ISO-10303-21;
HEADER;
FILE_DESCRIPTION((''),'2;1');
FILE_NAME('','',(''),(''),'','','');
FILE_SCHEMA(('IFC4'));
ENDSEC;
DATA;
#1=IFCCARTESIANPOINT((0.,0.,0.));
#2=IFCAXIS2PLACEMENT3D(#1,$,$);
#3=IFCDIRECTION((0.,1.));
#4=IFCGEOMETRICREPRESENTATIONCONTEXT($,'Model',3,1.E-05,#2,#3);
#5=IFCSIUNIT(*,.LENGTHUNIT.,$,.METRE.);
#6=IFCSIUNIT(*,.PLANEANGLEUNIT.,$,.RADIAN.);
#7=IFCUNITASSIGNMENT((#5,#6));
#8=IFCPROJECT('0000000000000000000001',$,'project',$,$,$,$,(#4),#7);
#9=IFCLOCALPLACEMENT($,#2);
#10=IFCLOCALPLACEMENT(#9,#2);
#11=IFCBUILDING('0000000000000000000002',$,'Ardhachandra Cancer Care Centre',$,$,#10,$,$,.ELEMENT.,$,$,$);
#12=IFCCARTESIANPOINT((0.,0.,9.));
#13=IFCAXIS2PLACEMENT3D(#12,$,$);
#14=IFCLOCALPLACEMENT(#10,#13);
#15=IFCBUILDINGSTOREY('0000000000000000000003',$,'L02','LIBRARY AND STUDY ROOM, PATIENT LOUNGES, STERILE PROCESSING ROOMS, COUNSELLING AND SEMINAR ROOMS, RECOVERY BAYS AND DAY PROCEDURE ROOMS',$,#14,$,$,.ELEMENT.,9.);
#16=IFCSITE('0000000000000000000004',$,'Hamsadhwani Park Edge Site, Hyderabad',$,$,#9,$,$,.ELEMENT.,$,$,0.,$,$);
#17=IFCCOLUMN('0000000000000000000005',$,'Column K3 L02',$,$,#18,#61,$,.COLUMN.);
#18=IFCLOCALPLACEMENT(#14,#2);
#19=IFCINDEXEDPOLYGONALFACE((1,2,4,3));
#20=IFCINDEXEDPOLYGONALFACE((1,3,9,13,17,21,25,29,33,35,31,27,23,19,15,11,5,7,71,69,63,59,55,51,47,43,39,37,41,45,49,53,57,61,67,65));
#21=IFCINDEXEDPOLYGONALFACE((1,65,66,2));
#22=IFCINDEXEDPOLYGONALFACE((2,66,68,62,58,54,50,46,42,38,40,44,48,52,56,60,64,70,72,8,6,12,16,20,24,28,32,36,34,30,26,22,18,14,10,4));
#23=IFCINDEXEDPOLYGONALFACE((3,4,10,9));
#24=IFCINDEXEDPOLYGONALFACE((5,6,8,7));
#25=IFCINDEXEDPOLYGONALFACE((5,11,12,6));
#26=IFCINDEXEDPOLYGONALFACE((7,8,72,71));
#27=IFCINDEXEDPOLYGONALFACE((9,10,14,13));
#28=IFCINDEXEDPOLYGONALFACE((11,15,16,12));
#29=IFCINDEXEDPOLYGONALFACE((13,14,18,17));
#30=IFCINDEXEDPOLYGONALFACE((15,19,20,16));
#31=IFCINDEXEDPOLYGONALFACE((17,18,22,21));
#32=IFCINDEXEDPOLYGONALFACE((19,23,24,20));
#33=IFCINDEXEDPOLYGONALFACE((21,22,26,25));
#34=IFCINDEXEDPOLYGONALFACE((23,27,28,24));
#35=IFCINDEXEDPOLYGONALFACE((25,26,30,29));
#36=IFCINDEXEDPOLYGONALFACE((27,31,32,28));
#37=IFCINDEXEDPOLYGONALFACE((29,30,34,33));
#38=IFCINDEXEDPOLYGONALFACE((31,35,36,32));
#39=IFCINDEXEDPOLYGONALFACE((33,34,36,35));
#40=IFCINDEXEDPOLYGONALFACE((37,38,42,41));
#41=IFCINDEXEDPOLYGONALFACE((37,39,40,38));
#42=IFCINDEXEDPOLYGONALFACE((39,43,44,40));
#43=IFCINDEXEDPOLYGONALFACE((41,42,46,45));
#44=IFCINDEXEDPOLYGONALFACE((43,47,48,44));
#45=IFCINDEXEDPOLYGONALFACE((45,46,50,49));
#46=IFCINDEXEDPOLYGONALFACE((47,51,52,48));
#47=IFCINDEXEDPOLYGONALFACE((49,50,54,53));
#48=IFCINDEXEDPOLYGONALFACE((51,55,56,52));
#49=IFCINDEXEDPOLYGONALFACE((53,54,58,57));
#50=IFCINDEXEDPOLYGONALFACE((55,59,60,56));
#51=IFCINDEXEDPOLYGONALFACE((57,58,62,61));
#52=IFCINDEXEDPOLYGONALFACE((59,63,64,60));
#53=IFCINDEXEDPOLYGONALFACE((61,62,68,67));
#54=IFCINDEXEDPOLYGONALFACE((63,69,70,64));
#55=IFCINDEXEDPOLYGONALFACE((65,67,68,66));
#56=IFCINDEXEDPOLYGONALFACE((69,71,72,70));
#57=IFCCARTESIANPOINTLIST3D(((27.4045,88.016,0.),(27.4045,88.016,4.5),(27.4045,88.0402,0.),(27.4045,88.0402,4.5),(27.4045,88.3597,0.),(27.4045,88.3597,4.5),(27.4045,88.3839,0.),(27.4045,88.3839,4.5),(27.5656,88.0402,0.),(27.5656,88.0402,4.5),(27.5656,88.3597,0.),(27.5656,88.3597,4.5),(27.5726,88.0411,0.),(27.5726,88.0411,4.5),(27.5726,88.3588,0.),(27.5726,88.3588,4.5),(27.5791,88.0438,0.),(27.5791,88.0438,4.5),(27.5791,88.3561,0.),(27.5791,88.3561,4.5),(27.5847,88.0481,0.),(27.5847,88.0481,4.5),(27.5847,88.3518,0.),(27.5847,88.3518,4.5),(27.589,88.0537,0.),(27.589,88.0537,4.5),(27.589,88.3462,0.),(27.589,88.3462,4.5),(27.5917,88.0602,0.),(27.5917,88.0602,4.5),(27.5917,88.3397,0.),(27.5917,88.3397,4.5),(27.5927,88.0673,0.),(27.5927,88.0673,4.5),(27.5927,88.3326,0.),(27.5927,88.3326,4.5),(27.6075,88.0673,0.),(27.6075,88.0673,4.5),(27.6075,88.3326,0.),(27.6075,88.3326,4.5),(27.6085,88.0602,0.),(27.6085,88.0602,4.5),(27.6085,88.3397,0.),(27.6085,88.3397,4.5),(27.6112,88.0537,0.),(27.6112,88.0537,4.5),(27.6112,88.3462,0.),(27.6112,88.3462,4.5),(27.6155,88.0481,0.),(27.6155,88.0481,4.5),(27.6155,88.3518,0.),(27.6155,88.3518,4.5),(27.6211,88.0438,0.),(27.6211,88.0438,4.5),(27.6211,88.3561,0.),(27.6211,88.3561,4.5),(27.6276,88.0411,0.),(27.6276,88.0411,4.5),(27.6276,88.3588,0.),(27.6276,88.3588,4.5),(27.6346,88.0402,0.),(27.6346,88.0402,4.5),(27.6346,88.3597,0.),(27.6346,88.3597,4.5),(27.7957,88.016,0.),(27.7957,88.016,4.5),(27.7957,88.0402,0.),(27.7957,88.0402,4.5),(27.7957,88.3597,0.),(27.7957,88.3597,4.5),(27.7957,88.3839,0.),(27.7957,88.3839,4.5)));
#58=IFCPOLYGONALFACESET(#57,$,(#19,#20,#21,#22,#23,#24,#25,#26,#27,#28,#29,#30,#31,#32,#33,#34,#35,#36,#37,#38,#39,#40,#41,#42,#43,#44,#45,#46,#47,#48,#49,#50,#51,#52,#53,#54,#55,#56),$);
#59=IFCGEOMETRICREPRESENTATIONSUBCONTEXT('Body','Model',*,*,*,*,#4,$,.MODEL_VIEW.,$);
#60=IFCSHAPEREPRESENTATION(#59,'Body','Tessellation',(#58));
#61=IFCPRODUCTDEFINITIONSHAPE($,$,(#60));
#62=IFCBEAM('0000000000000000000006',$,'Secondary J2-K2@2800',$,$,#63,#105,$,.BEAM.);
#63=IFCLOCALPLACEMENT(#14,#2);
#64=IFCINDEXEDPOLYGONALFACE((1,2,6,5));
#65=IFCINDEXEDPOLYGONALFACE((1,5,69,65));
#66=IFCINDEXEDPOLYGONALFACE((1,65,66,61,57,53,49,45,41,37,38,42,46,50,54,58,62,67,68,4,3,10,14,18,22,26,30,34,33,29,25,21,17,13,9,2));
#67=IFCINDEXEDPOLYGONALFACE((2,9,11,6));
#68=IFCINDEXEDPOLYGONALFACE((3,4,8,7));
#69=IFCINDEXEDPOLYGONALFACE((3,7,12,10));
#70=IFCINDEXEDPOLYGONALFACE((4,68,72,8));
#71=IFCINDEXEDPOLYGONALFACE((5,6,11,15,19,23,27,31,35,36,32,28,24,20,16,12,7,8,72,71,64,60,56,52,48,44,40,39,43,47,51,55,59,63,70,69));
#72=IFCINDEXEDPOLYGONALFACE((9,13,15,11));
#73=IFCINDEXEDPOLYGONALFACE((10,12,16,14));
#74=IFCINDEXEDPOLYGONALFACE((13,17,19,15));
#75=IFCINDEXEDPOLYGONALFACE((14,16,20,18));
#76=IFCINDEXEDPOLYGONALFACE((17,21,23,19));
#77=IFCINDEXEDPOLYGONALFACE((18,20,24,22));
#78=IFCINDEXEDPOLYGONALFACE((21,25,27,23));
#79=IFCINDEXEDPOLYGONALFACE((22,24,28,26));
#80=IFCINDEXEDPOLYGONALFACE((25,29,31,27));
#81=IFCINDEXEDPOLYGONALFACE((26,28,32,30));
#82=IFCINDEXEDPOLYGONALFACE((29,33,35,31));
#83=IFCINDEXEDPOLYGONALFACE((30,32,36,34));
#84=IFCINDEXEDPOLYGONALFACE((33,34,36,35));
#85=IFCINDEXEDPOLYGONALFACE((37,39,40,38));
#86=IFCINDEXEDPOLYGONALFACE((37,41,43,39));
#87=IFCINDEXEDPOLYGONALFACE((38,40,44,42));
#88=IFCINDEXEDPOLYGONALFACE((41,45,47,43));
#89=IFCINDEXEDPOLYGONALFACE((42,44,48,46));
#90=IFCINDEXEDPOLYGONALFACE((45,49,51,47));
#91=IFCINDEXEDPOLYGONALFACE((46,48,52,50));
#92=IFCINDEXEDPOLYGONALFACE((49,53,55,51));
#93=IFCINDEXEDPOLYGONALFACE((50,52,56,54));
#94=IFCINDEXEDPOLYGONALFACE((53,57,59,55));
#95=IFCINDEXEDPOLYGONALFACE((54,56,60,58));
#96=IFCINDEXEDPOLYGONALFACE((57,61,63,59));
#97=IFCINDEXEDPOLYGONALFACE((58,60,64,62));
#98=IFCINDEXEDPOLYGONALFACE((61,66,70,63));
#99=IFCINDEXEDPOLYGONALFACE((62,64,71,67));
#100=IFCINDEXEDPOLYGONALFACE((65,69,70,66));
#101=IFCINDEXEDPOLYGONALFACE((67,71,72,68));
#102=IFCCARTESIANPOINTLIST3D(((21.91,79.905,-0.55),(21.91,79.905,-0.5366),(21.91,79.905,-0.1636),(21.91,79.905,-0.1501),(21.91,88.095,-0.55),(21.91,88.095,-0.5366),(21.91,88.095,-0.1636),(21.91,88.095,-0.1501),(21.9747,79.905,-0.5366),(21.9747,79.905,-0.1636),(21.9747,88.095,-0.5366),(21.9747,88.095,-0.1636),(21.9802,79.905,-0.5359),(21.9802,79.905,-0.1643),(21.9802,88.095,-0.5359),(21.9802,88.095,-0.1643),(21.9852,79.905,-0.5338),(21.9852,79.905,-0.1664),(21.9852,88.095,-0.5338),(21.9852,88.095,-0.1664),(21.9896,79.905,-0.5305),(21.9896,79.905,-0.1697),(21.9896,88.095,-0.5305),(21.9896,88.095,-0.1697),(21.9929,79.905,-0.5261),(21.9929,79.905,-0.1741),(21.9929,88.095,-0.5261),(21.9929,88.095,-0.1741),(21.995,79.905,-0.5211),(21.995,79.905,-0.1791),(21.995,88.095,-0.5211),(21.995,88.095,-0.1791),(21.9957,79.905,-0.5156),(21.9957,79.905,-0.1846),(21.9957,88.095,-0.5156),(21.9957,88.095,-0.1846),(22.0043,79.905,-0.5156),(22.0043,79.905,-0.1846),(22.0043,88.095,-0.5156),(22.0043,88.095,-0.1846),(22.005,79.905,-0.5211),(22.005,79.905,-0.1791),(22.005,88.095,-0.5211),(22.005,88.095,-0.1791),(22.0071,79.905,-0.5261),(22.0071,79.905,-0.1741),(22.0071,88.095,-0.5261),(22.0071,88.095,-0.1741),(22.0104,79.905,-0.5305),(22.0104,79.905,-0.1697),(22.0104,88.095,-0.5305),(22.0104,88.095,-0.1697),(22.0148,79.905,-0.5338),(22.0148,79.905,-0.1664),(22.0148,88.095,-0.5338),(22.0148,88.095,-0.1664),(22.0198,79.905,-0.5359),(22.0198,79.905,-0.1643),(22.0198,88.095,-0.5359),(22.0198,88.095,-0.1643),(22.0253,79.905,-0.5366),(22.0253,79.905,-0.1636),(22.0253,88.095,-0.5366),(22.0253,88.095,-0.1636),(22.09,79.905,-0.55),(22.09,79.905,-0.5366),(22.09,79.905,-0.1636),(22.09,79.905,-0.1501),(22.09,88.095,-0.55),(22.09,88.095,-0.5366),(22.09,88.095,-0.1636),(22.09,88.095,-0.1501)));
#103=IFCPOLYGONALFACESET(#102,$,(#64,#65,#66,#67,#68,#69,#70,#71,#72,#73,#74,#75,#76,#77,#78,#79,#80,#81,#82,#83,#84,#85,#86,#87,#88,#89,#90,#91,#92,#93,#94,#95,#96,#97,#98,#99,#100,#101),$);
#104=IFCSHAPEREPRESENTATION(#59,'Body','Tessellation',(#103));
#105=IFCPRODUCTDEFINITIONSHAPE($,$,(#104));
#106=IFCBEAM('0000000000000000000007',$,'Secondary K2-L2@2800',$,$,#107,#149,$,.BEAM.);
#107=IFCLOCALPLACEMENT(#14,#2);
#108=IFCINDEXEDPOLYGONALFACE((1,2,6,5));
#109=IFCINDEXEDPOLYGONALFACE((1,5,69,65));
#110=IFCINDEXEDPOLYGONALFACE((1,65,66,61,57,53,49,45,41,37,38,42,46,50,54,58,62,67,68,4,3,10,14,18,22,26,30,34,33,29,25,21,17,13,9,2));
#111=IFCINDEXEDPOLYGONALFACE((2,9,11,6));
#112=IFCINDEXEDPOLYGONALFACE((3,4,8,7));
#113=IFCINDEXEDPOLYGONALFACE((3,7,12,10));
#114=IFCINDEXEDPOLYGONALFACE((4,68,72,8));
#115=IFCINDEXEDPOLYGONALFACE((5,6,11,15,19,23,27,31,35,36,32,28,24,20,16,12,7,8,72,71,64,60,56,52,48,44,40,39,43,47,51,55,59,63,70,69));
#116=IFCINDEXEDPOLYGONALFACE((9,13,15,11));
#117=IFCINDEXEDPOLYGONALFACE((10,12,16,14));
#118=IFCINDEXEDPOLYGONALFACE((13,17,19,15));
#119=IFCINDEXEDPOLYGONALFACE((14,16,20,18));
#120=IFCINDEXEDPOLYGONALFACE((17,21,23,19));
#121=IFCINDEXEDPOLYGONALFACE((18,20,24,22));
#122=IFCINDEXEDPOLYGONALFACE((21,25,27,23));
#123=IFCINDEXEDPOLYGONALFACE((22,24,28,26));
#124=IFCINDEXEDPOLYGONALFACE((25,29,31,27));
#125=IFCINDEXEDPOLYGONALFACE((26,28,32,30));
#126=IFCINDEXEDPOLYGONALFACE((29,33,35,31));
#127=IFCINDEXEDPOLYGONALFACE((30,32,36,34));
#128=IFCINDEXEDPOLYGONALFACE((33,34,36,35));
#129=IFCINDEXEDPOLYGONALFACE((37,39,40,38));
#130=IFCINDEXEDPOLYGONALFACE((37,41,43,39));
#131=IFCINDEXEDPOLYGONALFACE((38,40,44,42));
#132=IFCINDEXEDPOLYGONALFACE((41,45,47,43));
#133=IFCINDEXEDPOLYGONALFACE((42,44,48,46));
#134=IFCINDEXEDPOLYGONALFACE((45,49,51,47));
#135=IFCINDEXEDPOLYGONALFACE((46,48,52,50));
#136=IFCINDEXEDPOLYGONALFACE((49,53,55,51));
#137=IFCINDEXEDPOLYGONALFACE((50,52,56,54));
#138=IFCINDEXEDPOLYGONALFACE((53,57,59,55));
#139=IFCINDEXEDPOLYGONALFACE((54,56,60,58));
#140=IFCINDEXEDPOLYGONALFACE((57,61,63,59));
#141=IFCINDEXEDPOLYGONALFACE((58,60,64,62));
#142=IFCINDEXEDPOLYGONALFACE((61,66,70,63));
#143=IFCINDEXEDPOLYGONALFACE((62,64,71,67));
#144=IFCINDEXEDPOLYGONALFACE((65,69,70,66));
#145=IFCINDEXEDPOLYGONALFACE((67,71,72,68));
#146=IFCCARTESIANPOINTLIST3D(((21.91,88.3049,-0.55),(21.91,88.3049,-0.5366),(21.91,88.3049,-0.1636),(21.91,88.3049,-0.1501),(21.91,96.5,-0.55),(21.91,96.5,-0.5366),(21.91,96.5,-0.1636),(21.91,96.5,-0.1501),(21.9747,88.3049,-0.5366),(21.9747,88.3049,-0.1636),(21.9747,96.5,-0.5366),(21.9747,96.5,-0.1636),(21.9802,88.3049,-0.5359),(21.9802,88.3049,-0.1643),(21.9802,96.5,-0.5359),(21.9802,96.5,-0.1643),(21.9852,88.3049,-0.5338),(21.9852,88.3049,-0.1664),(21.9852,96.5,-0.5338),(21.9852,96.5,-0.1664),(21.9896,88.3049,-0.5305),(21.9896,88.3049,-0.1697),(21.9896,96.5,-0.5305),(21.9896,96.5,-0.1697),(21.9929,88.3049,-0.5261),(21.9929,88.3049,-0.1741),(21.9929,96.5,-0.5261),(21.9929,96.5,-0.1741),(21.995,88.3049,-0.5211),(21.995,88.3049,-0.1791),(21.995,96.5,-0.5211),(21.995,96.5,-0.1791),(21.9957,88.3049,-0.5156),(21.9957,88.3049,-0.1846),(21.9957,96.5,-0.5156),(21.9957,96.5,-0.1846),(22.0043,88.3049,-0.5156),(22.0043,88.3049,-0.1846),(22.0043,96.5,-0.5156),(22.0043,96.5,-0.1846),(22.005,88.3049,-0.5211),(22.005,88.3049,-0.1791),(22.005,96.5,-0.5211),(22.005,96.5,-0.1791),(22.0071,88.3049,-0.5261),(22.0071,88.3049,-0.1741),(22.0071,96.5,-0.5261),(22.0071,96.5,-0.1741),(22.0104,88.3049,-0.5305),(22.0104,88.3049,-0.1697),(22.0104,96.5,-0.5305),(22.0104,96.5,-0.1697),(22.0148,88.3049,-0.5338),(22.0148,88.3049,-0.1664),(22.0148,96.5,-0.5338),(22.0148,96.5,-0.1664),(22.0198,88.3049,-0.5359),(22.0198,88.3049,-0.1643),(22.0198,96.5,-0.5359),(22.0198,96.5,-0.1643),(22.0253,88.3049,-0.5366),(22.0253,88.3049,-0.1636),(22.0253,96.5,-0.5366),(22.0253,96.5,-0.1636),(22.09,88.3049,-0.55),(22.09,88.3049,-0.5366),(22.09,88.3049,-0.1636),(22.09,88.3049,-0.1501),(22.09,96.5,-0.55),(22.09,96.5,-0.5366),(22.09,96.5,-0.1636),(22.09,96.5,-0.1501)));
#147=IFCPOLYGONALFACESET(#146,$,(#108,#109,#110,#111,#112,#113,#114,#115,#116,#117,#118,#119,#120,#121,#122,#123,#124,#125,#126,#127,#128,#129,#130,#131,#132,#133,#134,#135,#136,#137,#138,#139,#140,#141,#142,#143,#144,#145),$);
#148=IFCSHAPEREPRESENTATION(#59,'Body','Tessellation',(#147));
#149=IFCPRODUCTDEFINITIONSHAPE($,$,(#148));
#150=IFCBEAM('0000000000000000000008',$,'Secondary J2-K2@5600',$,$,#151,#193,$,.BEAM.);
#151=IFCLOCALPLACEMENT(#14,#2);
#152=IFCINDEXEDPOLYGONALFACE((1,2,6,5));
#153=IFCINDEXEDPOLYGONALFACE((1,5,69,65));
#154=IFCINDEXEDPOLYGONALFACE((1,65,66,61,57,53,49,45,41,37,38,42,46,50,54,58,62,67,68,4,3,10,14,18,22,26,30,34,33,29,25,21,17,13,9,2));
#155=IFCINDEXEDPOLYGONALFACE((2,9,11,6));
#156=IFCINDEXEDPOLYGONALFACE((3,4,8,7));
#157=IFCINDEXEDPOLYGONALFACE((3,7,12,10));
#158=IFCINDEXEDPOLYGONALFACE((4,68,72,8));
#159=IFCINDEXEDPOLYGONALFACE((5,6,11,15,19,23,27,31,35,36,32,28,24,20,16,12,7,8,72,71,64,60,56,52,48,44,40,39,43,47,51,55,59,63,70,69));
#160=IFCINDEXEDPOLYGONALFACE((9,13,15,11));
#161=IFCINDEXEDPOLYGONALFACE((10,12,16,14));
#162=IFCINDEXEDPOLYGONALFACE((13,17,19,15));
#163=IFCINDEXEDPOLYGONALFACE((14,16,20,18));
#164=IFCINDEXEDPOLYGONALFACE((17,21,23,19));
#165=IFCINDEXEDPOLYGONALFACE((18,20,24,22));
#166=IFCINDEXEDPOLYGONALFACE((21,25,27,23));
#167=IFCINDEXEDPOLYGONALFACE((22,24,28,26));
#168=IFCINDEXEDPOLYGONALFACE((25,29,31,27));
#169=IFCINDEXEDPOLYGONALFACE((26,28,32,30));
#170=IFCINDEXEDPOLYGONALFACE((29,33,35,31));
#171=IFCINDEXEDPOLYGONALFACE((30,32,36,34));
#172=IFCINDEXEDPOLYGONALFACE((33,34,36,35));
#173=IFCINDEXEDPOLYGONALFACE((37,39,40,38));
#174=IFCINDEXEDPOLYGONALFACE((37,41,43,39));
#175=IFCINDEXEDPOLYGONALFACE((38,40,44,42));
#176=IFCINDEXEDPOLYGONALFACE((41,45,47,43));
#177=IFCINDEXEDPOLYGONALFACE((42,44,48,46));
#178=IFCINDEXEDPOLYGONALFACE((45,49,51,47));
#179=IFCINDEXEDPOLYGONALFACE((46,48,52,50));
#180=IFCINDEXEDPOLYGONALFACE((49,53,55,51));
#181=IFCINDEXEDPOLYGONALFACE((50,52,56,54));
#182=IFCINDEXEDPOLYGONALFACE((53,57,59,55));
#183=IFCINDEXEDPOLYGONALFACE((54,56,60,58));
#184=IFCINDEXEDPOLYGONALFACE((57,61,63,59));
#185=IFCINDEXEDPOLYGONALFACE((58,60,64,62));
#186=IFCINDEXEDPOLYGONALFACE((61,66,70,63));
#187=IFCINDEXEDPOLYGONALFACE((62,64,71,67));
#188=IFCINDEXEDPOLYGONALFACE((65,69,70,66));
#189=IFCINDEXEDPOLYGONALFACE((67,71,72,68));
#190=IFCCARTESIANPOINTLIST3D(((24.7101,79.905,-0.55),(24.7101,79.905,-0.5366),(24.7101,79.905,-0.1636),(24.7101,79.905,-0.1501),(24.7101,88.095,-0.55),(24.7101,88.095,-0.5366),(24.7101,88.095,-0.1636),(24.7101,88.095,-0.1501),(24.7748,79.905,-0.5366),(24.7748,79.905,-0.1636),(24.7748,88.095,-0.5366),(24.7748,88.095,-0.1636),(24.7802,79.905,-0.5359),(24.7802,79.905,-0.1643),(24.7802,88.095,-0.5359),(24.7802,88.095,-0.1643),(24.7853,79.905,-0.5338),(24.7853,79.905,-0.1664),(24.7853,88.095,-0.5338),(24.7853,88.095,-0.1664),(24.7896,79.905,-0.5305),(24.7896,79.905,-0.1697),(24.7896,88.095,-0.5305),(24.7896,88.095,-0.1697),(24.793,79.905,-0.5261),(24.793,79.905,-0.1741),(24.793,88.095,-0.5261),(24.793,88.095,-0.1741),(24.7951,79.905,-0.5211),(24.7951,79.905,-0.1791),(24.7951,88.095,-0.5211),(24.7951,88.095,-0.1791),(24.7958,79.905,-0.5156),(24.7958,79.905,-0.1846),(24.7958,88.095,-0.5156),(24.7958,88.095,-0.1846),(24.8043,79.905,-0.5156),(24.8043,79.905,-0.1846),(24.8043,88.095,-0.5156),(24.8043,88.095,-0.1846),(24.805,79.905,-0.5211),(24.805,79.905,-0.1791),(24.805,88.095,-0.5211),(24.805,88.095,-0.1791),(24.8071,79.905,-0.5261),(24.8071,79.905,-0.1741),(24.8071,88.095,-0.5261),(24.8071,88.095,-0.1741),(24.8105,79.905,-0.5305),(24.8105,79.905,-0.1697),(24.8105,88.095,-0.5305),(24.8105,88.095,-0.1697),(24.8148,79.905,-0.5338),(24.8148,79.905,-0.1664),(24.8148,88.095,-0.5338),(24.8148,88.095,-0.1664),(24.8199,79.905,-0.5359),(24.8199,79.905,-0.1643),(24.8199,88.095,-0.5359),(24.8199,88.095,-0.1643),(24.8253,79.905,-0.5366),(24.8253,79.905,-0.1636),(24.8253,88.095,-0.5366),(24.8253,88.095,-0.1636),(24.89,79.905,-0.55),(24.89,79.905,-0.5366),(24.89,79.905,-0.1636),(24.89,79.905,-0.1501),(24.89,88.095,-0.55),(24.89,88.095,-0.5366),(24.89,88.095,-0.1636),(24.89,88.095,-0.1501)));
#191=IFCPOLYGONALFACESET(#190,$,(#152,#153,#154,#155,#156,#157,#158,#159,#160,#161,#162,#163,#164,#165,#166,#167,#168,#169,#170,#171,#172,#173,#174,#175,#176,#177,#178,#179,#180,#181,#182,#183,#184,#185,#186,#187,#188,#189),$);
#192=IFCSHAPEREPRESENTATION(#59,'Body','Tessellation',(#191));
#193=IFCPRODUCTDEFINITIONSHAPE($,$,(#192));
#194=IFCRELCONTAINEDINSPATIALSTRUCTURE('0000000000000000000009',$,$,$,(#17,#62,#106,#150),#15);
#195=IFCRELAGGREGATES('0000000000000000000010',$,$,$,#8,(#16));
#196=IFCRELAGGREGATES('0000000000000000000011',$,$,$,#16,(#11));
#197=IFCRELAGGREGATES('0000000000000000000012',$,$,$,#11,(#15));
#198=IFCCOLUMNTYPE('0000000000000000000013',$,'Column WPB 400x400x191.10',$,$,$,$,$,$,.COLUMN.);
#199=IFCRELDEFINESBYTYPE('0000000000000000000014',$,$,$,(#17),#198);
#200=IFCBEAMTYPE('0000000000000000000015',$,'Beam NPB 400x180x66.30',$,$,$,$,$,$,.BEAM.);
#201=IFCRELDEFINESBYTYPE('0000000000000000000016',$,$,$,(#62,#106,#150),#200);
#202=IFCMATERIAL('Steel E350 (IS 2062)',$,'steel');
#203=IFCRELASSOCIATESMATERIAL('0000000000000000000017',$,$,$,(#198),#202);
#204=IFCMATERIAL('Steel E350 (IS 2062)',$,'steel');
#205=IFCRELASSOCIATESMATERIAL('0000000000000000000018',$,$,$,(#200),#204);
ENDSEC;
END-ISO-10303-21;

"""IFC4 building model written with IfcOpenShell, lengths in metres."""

from ifc_helpers import new_model, si_unit, direction, frame, origin, origin_2d, place, context, subcontext, project, spatial, i_section, extrude, material, material_profile, profile_set, type_object, element, save


model = new_model("IFC4")

# Units and contexts
model_context = context("Model", 3, precision=1e-05, world=origin(), true_north=direction((0.0, 1.0)))
body_context = subcontext(model_context, "Body", "Model", "MODEL_VIEW")
ifc_project = project(units=[si_unit("LENGTHUNIT", "METRE"), si_unit("PLANEANGLEUNIT", "RADIAN")], contexts=[model_context])

# Site, building, storey
site_placement = place(None, origin())
site = spatial("IfcSite", under=ifc_project, at=site_placement, Name="Hamsadhwani Park Edge Site, Hyderabad", CompositionType="ELEMENT", RefElevation=0.0)
building_placement = place(site_placement, origin())
building = spatial("IfcBuilding", under=site, at=building_placement, Name="Ardhachandra Cancer Care Centre", CompositionType="ELEMENT")
storey_placement = place(building_placement, frame((0.0, 0.0, 9.0)))
storey = spatial("IfcBuildingStorey", under=building, at=storey_placement, Name="L02", Description="LIBRARY AND STUDY ROOM, PATIENT LOUNGES, STERILE PROCESSING ROOMS, COUNSELLING AND SEMINAR ROOMS, RECOVERY BAYS AND DAY PROCEDURE ROOMS", CompositionType="ELEMENT", Elevation=9.0)

# Column
ifc_material_1 = material(Name="Steel E350 (IS 2062)", Category="steel")
ifc_material_profile_1 = material_profile(ifc_material_1, i_section(OverallWidth=0.3911, OverallDepth=0.3679, WebThickness=0.0149, FlangeThickness=0.0242, FilletRadius=0.0271, at=origin_2d()), Name="WPB 400x400x191.10")
ifc_profile_set_1 = profile_set([ifc_material_profile_1], Name="Steel E350 (IS 2062)")
column_type = type_object("IfcColumnType", Name="Column WPB 400x400x191.10", PredefinedType="COLUMN", material=ifc_profile_set_1)
column_placement = place(storey_placement, frame((27.6001, 88.2, 0.0), z_axis=(0.0, 0.0, 1.0), x_axis=(1.0, 0.0, 0.0)))
element("IfcColumn", 1, at=column_placement, inside=storey, type_object=column_type, Name="Column K3 L02", PredefinedType="COLUMN", context=body_context, shape_type="SweptSolid", body=[
    extrude(i_section(OverallWidth=0.3911, OverallDepth=0.3679, WebThickness=0.0149, FlangeThickness=0.0242, FilletRadius=0.0271, at=origin_2d()), origin(), (0.0, 0.0, 1.0), 4.5),
])

# Beams
ifc_material_2 = material(Name="Steel E350 (IS 2062)", Category="steel")
ifc_material_profile_2 = material_profile(ifc_material_2, i_section(OverallWidth=0.1799, OverallDepth=0.3999, WebThickness=0.0085, FlangeThickness=0.0134, FilletRadius=0.021, at=origin_2d()), Name="NPB 400x180x66.30")
ifc_profile_set_2 = profile_set([ifc_material_profile_2], Name="Steel E350 (IS 2062)")
beam_type_1 = type_object("IfcBeamType", Name="Beam NPB 400x180x66.30", PredefinedType="BEAM", material=ifc_profile_set_2)
beam_1_placement = place(storey_placement, frame((22.0, 79.905, -0.3501), z_axis=(0.0, 1.0, 0.0), x_axis=(-1.0, 0.0, 0.0)))
element("IfcBeam", 2, at=beam_1_placement, inside=storey, type_object=beam_type_1, Name="Secondary J2-K2@2800", PredefinedType="BEAM", context=body_context, shape_type="SweptSolid", body=[
    extrude(i_section(OverallWidth=0.1799, OverallDepth=0.3999, WebThickness=0.0085, FlangeThickness=0.0134, FilletRadius=0.021, at=origin_2d()), origin(), (0.0, 0.0, 1.0), 8.1899),
])
beam_2_placement = place(storey_placement, frame((22.0, 88.3049, -0.3501), z_axis=(0.0, 1.0, 0.0), x_axis=(-1.0, 0.0, 0.0)))
element("IfcBeam", 3, at=beam_2_placement, inside=storey, type_object=beam_type_1, Name="Secondary K2-L2@2800", PredefinedType="BEAM", context=body_context, shape_type="SweptSolid", body=[
    extrude(i_section(OverallWidth=0.1799, OverallDepth=0.3999, WebThickness=0.0085, FlangeThickness=0.0134, FilletRadius=0.021, at=origin_2d()), origin(), (0.0, 0.0, 1.0), 8.1951),
])
beam_3_placement = place(storey_placement, frame((24.8, 79.905, -0.3501), z_axis=(0.0, 1.0, 0.0), x_axis=(-1.0, 0.0, 0.0)))
element("IfcBeam", 4, at=beam_3_placement, inside=storey, type_object=beam_type_1, Name="Secondary J2-K2@5600", PredefinedType="BEAM", context=body_context, shape_type="SweptSolid", body=[
    extrude(i_section(OverallWidth=0.1799, OverallDepth=0.3999, WebThickness=0.0085, FlangeThickness=0.0134, FilletRadius=0.021, at=origin_2d()), origin(), (0.0, 0.0, 1.0), 8.1899),
])

save(model, "model.ifc")
